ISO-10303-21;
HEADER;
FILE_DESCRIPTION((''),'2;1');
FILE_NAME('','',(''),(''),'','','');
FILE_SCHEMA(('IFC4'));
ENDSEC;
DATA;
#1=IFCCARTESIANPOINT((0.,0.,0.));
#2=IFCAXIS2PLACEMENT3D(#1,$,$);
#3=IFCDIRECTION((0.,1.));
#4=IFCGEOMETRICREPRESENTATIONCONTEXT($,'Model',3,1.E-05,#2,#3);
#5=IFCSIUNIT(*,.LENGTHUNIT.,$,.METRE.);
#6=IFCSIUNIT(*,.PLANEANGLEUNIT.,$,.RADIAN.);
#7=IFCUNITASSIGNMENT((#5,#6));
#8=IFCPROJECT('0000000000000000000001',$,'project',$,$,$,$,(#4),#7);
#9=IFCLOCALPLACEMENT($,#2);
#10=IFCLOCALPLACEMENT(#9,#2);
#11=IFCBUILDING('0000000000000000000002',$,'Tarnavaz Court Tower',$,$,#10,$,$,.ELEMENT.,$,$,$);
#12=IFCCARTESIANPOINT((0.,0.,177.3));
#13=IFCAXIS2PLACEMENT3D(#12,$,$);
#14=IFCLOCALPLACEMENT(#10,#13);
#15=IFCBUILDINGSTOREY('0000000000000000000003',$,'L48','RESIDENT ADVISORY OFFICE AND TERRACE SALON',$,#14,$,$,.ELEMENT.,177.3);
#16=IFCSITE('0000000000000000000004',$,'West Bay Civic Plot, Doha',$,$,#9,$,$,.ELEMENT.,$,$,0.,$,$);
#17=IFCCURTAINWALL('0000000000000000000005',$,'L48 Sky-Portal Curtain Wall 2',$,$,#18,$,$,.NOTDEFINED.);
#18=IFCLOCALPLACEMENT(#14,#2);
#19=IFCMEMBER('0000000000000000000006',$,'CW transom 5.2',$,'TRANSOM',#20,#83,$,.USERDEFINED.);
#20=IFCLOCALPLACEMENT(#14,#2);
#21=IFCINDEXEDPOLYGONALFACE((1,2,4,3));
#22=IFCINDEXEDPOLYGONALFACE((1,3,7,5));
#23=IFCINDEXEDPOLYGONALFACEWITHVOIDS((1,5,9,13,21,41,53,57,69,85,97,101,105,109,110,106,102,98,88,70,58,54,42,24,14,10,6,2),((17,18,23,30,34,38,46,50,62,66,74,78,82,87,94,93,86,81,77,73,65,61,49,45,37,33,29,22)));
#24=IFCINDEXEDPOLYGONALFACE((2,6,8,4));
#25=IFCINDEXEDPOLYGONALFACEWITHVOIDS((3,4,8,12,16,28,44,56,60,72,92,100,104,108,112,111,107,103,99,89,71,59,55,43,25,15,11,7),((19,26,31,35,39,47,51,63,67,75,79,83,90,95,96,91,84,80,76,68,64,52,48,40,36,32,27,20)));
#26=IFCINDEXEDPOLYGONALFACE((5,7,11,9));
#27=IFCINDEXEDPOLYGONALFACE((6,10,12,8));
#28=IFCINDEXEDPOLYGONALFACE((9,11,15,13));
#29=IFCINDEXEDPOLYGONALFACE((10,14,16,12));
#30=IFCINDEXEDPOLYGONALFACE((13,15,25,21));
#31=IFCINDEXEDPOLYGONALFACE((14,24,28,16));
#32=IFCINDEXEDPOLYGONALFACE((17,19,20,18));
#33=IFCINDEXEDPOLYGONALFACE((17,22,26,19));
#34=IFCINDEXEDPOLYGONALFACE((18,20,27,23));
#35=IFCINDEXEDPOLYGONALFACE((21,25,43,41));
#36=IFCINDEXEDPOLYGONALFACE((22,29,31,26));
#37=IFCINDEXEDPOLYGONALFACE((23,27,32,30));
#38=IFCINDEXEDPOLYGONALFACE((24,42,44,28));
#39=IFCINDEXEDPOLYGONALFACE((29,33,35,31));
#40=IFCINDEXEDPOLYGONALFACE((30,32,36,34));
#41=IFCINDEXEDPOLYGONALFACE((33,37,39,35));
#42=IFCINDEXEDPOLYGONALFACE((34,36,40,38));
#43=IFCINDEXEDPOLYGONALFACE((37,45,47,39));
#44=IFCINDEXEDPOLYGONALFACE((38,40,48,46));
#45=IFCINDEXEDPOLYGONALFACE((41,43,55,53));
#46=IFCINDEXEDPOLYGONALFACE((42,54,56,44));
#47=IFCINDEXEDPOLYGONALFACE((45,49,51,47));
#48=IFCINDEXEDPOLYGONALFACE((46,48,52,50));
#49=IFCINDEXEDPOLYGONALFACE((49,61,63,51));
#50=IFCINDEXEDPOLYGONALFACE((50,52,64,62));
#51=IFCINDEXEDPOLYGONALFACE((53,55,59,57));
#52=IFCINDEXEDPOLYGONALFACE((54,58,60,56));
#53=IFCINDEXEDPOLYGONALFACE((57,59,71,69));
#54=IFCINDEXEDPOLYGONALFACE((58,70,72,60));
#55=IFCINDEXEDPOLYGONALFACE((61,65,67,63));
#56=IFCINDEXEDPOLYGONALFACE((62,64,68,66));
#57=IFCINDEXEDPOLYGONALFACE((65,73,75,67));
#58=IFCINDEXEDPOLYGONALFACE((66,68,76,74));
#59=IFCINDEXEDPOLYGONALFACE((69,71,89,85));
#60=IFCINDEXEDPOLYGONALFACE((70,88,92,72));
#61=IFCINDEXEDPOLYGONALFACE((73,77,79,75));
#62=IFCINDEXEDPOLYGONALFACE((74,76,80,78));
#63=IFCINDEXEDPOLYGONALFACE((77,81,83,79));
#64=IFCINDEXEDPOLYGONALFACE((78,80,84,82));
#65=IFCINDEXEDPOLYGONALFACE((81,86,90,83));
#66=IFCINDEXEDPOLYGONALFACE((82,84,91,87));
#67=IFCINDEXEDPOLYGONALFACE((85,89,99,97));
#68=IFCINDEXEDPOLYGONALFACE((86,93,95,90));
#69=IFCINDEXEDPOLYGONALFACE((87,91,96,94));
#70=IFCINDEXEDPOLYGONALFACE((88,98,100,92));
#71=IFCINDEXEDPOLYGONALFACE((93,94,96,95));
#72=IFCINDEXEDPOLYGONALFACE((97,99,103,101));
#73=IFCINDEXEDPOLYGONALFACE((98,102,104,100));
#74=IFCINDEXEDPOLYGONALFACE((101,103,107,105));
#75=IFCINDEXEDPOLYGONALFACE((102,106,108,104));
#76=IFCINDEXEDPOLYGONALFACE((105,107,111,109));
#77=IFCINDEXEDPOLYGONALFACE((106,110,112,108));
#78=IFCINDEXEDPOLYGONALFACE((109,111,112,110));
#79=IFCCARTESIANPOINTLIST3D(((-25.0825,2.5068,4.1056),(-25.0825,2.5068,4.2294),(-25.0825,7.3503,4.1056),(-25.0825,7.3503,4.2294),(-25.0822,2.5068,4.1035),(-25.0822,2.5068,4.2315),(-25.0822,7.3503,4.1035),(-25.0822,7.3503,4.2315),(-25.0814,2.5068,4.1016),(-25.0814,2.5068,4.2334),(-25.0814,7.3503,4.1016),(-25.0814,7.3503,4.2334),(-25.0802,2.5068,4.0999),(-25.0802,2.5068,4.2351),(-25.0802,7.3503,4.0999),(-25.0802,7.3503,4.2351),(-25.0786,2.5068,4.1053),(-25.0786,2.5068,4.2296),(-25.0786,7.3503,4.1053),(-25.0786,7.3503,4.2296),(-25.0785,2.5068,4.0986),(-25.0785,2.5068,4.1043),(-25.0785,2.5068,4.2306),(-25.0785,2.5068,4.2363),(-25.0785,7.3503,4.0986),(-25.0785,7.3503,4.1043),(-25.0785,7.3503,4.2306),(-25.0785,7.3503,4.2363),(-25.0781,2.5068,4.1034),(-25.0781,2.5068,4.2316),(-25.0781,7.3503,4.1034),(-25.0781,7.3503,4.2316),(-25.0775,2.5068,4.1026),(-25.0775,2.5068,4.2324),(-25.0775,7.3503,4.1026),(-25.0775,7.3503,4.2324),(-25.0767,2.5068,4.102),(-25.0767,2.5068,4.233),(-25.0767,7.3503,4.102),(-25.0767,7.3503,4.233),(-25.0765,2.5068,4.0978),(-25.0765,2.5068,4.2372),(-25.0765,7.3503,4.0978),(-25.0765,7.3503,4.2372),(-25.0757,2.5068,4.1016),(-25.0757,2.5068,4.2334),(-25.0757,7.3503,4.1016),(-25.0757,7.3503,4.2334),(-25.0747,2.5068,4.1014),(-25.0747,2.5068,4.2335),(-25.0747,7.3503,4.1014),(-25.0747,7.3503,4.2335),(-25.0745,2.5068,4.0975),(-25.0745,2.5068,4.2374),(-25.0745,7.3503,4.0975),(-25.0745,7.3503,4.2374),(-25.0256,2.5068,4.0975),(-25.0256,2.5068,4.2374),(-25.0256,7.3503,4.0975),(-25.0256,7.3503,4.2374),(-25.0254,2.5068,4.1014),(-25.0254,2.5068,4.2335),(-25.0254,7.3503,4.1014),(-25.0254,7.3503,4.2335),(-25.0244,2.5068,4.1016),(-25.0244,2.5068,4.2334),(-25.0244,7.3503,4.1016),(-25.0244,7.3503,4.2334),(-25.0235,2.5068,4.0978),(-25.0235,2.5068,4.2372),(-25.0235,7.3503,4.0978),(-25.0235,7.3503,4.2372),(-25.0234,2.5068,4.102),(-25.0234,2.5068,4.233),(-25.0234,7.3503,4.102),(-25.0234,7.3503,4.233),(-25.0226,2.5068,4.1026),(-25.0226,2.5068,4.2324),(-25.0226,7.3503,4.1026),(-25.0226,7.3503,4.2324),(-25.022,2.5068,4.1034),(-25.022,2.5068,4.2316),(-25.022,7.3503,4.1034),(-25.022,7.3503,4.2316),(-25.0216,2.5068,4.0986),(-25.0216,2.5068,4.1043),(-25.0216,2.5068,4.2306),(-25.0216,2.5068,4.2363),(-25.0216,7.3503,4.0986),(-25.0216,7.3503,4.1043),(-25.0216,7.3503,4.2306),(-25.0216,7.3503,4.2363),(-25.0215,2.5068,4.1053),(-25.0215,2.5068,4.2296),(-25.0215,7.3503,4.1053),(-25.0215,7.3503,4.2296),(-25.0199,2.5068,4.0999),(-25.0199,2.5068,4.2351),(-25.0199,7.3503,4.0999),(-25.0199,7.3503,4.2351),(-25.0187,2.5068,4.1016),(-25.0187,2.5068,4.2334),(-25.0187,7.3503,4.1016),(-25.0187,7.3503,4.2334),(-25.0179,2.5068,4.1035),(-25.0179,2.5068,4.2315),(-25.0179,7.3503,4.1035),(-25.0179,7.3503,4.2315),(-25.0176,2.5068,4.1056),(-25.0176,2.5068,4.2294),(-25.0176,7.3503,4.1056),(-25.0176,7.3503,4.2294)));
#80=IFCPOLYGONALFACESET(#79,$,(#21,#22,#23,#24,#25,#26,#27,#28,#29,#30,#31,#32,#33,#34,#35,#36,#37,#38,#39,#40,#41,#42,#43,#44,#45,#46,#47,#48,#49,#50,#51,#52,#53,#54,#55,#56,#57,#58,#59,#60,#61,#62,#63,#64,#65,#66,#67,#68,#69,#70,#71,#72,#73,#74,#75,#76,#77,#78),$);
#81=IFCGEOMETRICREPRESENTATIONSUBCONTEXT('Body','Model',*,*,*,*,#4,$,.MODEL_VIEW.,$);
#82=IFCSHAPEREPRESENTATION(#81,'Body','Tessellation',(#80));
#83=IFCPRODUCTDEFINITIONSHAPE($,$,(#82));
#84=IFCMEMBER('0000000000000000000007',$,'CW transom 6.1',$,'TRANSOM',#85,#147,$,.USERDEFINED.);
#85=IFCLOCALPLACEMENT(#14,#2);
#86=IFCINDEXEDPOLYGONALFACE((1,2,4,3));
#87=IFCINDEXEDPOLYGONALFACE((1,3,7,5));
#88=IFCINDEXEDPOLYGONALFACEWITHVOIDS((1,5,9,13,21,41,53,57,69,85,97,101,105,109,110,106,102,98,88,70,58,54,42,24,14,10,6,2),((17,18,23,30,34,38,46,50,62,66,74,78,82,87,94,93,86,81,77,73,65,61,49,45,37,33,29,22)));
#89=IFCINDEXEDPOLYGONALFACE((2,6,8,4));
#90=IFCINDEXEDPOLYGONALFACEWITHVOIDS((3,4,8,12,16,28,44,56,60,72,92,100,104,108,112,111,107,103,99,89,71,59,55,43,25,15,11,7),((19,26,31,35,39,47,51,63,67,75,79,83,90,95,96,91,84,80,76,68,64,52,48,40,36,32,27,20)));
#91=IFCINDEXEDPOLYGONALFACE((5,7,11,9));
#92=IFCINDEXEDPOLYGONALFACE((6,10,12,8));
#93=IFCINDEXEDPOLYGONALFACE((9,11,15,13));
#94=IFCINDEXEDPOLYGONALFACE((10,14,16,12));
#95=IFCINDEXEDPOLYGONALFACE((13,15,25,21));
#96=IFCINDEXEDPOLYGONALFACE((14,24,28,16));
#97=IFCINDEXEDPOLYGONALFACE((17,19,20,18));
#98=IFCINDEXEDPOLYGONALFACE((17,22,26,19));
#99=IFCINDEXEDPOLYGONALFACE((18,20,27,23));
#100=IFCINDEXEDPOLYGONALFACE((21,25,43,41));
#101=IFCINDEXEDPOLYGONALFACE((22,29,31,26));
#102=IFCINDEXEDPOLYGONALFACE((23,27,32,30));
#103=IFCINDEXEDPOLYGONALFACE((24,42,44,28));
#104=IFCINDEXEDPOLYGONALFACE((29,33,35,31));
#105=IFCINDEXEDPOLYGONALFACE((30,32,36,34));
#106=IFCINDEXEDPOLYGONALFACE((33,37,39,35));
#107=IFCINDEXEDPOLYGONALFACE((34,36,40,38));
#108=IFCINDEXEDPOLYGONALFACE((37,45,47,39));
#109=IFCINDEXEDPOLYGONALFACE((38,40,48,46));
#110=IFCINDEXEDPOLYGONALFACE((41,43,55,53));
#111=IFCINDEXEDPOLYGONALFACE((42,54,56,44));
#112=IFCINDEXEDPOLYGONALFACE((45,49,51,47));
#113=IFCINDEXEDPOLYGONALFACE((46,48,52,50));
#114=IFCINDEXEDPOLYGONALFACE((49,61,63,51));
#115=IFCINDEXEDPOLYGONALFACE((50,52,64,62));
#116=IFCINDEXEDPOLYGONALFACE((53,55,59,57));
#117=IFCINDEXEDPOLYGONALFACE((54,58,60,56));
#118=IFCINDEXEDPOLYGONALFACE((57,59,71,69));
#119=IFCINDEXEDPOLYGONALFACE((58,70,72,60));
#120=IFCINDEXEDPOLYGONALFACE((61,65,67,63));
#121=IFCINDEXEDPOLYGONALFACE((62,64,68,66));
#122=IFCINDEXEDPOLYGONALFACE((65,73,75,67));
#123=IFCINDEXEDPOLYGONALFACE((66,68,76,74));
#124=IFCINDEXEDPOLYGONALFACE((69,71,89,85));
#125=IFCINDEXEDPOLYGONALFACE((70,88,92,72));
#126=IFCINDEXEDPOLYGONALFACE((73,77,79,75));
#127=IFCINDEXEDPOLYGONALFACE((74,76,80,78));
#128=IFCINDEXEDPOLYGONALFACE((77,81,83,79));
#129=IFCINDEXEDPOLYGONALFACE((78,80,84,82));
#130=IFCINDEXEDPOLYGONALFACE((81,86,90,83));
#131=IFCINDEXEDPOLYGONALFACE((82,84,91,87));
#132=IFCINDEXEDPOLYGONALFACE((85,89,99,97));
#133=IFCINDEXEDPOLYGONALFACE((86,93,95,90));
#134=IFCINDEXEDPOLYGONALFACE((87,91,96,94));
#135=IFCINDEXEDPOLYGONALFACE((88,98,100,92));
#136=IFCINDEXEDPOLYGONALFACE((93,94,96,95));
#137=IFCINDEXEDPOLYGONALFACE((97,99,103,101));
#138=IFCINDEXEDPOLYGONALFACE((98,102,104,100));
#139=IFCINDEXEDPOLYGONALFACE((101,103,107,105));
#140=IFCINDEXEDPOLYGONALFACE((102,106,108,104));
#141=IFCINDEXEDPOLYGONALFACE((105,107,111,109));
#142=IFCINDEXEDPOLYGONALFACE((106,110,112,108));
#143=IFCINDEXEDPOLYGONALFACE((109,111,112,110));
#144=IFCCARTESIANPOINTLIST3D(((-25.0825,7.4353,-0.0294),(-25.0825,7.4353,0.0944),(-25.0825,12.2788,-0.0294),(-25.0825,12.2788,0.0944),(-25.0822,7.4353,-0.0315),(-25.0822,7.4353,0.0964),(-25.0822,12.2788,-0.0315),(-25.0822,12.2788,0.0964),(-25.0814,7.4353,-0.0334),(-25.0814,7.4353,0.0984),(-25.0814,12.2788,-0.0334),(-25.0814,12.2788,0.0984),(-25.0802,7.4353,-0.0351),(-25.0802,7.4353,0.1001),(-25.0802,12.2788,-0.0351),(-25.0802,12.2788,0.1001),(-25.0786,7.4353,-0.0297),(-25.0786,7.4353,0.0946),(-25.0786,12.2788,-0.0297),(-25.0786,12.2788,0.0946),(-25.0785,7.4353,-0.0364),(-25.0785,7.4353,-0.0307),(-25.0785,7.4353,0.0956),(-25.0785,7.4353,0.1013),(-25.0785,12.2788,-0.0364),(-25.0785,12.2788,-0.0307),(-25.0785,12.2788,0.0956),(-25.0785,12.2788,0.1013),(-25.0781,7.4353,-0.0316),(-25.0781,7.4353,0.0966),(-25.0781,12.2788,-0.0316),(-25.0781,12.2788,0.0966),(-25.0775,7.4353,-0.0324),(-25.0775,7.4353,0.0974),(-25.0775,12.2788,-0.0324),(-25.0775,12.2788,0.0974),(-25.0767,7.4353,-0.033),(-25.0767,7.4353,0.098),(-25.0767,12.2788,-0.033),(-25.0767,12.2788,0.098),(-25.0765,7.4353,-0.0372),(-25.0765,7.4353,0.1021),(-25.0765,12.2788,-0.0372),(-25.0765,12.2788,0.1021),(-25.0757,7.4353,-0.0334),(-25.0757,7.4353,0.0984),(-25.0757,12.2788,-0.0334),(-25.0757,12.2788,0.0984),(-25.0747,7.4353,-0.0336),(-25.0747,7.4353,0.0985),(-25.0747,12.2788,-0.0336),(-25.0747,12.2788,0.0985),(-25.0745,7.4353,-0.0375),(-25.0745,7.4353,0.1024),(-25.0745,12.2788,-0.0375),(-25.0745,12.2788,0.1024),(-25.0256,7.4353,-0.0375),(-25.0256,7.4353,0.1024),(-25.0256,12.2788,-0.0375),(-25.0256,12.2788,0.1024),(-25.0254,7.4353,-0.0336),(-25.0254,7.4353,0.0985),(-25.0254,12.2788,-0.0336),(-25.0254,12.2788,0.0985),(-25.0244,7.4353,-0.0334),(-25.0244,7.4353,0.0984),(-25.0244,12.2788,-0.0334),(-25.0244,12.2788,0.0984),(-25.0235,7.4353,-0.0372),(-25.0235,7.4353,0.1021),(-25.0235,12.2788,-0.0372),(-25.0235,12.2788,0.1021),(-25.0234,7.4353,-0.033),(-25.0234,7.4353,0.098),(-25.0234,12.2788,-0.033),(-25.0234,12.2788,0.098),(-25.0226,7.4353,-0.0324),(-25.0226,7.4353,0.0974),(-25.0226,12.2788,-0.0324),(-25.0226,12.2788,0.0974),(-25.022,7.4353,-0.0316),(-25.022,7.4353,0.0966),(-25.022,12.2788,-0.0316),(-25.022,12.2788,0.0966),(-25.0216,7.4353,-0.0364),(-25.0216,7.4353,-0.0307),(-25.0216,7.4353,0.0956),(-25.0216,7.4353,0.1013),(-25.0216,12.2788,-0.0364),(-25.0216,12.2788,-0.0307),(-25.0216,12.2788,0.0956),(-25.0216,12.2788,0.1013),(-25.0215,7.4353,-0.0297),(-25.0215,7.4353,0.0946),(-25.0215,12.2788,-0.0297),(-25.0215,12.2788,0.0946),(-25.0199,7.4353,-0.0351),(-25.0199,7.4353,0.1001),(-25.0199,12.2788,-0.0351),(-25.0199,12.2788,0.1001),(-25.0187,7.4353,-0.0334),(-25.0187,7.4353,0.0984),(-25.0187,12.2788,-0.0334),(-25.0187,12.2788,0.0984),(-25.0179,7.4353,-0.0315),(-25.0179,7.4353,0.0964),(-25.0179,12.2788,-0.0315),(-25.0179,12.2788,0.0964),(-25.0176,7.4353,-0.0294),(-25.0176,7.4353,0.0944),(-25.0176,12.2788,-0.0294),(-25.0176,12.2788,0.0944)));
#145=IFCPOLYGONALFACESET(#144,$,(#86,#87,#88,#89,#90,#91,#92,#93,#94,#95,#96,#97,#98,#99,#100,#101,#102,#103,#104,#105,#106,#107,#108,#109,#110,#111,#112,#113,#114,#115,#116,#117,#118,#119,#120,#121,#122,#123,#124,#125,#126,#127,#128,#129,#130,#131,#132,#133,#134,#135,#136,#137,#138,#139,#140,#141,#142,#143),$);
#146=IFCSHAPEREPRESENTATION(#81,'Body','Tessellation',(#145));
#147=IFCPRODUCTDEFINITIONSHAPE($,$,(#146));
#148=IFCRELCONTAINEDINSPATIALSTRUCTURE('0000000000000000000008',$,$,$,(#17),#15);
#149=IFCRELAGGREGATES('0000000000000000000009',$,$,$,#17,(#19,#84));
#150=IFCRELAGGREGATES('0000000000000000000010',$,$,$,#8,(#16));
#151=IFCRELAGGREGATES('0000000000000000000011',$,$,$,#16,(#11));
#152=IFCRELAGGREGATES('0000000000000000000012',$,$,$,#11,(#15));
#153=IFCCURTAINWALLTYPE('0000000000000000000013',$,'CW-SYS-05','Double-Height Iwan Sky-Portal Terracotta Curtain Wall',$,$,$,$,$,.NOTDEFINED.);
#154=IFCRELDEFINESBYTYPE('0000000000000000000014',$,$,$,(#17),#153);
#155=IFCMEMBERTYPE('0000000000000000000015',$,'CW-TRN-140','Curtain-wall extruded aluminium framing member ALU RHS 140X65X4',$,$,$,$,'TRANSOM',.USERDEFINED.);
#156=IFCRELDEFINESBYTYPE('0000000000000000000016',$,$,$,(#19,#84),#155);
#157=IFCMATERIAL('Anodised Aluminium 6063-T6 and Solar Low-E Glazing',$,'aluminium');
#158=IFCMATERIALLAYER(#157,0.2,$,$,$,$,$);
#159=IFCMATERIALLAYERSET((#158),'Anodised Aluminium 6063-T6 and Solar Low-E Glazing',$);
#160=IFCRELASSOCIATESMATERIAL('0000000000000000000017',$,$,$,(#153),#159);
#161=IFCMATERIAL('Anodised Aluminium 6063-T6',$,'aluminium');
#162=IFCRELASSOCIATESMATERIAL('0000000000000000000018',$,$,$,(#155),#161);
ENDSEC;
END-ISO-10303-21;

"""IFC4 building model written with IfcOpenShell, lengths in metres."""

from ifc_helpers import new_model, si_unit, direction, frame, origin, origin_2d, place, context, subcontext, project, spatial, hollow_rectangle, extrude, material, layer, layer_set, material_profile, profile_set, type_object, element, aggregate, save


model = new_model("IFC4")

# Units and contexts
model_context = context("Model", 3, precision=1e-05, world=origin(), true_north=direction((0.0, 1.0)))
body_context = subcontext(model_context, "Body", "Model", "MODEL_VIEW")
ifc_project = project(units=[si_unit("LENGTHUNIT", "METRE"), si_unit("PLANEANGLEUNIT", "RADIAN")], contexts=[model_context])

# Site, building, storey
site_placement = place(None, origin())
site = spatial("IfcSite", under=ifc_project, at=site_placement, Name="West Bay Civic Plot, Doha", CompositionType="ELEMENT", RefElevation=0.0)
building_placement = place(site_placement, origin())
building = spatial("IfcBuilding", under=site, at=building_placement, Name="Tarnavaz Court Tower", CompositionType="ELEMENT")
storey_placement = place(building_placement, frame((0.0, 0.0, 177.3)))
storey = spatial("IfcBuildingStorey", under=building, at=storey_placement, Name="L48", Description="RESIDENT ADVISORY OFFICE AND TERRACE SALON", CompositionType="ELEMENT", Elevation=177.3)

# Curtain wall, members
ifc_material_1 = material(Name="Anodised Aluminium 6063-T6 and Solar Low-E Glazing", Category="aluminium")
ifc_layer_1 = layer(ifc_material_1, 0.2)
ifc_layer_set_1 = layer_set([ifc_layer_1], Name="Anodised Aluminium 6063-T6 and Solar Low-E Glazing")
curtain_wall_type = type_object("IfcCurtainWallType", Name="CW-SYS-05", Description="Double-Height Iwan Sky-Portal Terracotta Curtain Wall", PredefinedType="NOTDEFINED", material=ifc_layer_set_1)
curtain_wall_placement = place(storey_placement, origin())
curtain_wall = element("IfcCurtainWall", 1, at=curtain_wall_placement, inside=storey, type_object=curtain_wall_type, Name="L48 Sky-Portal Curtain Wall 2", PredefinedType="NOTDEFINED")
ifc_material_2 = material(Name="Anodised Aluminium 6063-T6", Category="aluminium")
ifc_material_profile_1 = material_profile(ifc_material_2, hollow_rectangle(XDim=0.0649, YDim=0.1399, WallThickness=0.0039, InnerFilletRadius=0.0039, OuterFilletRadius=0.0081, at=origin_2d()), Name="ALU RHS 140X65X4")
ifc_profile_set_1 = profile_set([ifc_material_profile_1], Name="Anodised Aluminium 6063-T6")
member_type_1 = type_object("IfcMemberType", Name="CW-TRN-140", Description="Curtain-wall extruded aluminium framing member ALU RHS 140X65X4", ElementType="TRANSOM", PredefinedType="USERDEFINED", material=ifc_profile_set_1)
member_1_placement = place(storey_placement, frame((-25.05, 2.5068, 4.1675), z_axis=(0.0, 1.0, 0.0), x_axis=(-1.0, 0.0, 0.0)))
member_1 = element("IfcMember", 2, at=member_1_placement, type_object=member_type_1, Name="CW transom 5.2", ObjectType="TRANSOM", PredefinedType="USERDEFINED", context=body_context, shape_type="SweptSolid", body=[
    extrude(hollow_rectangle(XDim=0.0649, YDim=0.1399, WallThickness=0.0039, InnerFilletRadius=0.0039, OuterFilletRadius=0.0081, at=origin_2d()), origin(), (0.0, 0.0, 1.0), 4.8435),
])
member_2_placement = place(storey_placement, frame((-25.05, 7.4353, 0.0325), z_axis=(0.0, 1.0, 0.0), x_axis=(-1.0, 0.0, 0.0)))
member_2 = element("IfcMember", 3, at=member_2_placement, type_object=member_type_1, Name="CW transom 6.1", ObjectType="TRANSOM", PredefinedType="USERDEFINED", context=body_context, shape_type="SweptSolid", body=[
    extrude(hollow_rectangle(XDim=0.0649, YDim=0.1399, WallThickness=0.0039, InnerFilletRadius=0.0039, OuterFilletRadius=0.0081, at=origin_2d()), origin(), (0.0, 0.0, 1.0), 4.8435),
])
aggregate(curtain_wall, [member_1, member_2])

save(model, "model.ifc")
